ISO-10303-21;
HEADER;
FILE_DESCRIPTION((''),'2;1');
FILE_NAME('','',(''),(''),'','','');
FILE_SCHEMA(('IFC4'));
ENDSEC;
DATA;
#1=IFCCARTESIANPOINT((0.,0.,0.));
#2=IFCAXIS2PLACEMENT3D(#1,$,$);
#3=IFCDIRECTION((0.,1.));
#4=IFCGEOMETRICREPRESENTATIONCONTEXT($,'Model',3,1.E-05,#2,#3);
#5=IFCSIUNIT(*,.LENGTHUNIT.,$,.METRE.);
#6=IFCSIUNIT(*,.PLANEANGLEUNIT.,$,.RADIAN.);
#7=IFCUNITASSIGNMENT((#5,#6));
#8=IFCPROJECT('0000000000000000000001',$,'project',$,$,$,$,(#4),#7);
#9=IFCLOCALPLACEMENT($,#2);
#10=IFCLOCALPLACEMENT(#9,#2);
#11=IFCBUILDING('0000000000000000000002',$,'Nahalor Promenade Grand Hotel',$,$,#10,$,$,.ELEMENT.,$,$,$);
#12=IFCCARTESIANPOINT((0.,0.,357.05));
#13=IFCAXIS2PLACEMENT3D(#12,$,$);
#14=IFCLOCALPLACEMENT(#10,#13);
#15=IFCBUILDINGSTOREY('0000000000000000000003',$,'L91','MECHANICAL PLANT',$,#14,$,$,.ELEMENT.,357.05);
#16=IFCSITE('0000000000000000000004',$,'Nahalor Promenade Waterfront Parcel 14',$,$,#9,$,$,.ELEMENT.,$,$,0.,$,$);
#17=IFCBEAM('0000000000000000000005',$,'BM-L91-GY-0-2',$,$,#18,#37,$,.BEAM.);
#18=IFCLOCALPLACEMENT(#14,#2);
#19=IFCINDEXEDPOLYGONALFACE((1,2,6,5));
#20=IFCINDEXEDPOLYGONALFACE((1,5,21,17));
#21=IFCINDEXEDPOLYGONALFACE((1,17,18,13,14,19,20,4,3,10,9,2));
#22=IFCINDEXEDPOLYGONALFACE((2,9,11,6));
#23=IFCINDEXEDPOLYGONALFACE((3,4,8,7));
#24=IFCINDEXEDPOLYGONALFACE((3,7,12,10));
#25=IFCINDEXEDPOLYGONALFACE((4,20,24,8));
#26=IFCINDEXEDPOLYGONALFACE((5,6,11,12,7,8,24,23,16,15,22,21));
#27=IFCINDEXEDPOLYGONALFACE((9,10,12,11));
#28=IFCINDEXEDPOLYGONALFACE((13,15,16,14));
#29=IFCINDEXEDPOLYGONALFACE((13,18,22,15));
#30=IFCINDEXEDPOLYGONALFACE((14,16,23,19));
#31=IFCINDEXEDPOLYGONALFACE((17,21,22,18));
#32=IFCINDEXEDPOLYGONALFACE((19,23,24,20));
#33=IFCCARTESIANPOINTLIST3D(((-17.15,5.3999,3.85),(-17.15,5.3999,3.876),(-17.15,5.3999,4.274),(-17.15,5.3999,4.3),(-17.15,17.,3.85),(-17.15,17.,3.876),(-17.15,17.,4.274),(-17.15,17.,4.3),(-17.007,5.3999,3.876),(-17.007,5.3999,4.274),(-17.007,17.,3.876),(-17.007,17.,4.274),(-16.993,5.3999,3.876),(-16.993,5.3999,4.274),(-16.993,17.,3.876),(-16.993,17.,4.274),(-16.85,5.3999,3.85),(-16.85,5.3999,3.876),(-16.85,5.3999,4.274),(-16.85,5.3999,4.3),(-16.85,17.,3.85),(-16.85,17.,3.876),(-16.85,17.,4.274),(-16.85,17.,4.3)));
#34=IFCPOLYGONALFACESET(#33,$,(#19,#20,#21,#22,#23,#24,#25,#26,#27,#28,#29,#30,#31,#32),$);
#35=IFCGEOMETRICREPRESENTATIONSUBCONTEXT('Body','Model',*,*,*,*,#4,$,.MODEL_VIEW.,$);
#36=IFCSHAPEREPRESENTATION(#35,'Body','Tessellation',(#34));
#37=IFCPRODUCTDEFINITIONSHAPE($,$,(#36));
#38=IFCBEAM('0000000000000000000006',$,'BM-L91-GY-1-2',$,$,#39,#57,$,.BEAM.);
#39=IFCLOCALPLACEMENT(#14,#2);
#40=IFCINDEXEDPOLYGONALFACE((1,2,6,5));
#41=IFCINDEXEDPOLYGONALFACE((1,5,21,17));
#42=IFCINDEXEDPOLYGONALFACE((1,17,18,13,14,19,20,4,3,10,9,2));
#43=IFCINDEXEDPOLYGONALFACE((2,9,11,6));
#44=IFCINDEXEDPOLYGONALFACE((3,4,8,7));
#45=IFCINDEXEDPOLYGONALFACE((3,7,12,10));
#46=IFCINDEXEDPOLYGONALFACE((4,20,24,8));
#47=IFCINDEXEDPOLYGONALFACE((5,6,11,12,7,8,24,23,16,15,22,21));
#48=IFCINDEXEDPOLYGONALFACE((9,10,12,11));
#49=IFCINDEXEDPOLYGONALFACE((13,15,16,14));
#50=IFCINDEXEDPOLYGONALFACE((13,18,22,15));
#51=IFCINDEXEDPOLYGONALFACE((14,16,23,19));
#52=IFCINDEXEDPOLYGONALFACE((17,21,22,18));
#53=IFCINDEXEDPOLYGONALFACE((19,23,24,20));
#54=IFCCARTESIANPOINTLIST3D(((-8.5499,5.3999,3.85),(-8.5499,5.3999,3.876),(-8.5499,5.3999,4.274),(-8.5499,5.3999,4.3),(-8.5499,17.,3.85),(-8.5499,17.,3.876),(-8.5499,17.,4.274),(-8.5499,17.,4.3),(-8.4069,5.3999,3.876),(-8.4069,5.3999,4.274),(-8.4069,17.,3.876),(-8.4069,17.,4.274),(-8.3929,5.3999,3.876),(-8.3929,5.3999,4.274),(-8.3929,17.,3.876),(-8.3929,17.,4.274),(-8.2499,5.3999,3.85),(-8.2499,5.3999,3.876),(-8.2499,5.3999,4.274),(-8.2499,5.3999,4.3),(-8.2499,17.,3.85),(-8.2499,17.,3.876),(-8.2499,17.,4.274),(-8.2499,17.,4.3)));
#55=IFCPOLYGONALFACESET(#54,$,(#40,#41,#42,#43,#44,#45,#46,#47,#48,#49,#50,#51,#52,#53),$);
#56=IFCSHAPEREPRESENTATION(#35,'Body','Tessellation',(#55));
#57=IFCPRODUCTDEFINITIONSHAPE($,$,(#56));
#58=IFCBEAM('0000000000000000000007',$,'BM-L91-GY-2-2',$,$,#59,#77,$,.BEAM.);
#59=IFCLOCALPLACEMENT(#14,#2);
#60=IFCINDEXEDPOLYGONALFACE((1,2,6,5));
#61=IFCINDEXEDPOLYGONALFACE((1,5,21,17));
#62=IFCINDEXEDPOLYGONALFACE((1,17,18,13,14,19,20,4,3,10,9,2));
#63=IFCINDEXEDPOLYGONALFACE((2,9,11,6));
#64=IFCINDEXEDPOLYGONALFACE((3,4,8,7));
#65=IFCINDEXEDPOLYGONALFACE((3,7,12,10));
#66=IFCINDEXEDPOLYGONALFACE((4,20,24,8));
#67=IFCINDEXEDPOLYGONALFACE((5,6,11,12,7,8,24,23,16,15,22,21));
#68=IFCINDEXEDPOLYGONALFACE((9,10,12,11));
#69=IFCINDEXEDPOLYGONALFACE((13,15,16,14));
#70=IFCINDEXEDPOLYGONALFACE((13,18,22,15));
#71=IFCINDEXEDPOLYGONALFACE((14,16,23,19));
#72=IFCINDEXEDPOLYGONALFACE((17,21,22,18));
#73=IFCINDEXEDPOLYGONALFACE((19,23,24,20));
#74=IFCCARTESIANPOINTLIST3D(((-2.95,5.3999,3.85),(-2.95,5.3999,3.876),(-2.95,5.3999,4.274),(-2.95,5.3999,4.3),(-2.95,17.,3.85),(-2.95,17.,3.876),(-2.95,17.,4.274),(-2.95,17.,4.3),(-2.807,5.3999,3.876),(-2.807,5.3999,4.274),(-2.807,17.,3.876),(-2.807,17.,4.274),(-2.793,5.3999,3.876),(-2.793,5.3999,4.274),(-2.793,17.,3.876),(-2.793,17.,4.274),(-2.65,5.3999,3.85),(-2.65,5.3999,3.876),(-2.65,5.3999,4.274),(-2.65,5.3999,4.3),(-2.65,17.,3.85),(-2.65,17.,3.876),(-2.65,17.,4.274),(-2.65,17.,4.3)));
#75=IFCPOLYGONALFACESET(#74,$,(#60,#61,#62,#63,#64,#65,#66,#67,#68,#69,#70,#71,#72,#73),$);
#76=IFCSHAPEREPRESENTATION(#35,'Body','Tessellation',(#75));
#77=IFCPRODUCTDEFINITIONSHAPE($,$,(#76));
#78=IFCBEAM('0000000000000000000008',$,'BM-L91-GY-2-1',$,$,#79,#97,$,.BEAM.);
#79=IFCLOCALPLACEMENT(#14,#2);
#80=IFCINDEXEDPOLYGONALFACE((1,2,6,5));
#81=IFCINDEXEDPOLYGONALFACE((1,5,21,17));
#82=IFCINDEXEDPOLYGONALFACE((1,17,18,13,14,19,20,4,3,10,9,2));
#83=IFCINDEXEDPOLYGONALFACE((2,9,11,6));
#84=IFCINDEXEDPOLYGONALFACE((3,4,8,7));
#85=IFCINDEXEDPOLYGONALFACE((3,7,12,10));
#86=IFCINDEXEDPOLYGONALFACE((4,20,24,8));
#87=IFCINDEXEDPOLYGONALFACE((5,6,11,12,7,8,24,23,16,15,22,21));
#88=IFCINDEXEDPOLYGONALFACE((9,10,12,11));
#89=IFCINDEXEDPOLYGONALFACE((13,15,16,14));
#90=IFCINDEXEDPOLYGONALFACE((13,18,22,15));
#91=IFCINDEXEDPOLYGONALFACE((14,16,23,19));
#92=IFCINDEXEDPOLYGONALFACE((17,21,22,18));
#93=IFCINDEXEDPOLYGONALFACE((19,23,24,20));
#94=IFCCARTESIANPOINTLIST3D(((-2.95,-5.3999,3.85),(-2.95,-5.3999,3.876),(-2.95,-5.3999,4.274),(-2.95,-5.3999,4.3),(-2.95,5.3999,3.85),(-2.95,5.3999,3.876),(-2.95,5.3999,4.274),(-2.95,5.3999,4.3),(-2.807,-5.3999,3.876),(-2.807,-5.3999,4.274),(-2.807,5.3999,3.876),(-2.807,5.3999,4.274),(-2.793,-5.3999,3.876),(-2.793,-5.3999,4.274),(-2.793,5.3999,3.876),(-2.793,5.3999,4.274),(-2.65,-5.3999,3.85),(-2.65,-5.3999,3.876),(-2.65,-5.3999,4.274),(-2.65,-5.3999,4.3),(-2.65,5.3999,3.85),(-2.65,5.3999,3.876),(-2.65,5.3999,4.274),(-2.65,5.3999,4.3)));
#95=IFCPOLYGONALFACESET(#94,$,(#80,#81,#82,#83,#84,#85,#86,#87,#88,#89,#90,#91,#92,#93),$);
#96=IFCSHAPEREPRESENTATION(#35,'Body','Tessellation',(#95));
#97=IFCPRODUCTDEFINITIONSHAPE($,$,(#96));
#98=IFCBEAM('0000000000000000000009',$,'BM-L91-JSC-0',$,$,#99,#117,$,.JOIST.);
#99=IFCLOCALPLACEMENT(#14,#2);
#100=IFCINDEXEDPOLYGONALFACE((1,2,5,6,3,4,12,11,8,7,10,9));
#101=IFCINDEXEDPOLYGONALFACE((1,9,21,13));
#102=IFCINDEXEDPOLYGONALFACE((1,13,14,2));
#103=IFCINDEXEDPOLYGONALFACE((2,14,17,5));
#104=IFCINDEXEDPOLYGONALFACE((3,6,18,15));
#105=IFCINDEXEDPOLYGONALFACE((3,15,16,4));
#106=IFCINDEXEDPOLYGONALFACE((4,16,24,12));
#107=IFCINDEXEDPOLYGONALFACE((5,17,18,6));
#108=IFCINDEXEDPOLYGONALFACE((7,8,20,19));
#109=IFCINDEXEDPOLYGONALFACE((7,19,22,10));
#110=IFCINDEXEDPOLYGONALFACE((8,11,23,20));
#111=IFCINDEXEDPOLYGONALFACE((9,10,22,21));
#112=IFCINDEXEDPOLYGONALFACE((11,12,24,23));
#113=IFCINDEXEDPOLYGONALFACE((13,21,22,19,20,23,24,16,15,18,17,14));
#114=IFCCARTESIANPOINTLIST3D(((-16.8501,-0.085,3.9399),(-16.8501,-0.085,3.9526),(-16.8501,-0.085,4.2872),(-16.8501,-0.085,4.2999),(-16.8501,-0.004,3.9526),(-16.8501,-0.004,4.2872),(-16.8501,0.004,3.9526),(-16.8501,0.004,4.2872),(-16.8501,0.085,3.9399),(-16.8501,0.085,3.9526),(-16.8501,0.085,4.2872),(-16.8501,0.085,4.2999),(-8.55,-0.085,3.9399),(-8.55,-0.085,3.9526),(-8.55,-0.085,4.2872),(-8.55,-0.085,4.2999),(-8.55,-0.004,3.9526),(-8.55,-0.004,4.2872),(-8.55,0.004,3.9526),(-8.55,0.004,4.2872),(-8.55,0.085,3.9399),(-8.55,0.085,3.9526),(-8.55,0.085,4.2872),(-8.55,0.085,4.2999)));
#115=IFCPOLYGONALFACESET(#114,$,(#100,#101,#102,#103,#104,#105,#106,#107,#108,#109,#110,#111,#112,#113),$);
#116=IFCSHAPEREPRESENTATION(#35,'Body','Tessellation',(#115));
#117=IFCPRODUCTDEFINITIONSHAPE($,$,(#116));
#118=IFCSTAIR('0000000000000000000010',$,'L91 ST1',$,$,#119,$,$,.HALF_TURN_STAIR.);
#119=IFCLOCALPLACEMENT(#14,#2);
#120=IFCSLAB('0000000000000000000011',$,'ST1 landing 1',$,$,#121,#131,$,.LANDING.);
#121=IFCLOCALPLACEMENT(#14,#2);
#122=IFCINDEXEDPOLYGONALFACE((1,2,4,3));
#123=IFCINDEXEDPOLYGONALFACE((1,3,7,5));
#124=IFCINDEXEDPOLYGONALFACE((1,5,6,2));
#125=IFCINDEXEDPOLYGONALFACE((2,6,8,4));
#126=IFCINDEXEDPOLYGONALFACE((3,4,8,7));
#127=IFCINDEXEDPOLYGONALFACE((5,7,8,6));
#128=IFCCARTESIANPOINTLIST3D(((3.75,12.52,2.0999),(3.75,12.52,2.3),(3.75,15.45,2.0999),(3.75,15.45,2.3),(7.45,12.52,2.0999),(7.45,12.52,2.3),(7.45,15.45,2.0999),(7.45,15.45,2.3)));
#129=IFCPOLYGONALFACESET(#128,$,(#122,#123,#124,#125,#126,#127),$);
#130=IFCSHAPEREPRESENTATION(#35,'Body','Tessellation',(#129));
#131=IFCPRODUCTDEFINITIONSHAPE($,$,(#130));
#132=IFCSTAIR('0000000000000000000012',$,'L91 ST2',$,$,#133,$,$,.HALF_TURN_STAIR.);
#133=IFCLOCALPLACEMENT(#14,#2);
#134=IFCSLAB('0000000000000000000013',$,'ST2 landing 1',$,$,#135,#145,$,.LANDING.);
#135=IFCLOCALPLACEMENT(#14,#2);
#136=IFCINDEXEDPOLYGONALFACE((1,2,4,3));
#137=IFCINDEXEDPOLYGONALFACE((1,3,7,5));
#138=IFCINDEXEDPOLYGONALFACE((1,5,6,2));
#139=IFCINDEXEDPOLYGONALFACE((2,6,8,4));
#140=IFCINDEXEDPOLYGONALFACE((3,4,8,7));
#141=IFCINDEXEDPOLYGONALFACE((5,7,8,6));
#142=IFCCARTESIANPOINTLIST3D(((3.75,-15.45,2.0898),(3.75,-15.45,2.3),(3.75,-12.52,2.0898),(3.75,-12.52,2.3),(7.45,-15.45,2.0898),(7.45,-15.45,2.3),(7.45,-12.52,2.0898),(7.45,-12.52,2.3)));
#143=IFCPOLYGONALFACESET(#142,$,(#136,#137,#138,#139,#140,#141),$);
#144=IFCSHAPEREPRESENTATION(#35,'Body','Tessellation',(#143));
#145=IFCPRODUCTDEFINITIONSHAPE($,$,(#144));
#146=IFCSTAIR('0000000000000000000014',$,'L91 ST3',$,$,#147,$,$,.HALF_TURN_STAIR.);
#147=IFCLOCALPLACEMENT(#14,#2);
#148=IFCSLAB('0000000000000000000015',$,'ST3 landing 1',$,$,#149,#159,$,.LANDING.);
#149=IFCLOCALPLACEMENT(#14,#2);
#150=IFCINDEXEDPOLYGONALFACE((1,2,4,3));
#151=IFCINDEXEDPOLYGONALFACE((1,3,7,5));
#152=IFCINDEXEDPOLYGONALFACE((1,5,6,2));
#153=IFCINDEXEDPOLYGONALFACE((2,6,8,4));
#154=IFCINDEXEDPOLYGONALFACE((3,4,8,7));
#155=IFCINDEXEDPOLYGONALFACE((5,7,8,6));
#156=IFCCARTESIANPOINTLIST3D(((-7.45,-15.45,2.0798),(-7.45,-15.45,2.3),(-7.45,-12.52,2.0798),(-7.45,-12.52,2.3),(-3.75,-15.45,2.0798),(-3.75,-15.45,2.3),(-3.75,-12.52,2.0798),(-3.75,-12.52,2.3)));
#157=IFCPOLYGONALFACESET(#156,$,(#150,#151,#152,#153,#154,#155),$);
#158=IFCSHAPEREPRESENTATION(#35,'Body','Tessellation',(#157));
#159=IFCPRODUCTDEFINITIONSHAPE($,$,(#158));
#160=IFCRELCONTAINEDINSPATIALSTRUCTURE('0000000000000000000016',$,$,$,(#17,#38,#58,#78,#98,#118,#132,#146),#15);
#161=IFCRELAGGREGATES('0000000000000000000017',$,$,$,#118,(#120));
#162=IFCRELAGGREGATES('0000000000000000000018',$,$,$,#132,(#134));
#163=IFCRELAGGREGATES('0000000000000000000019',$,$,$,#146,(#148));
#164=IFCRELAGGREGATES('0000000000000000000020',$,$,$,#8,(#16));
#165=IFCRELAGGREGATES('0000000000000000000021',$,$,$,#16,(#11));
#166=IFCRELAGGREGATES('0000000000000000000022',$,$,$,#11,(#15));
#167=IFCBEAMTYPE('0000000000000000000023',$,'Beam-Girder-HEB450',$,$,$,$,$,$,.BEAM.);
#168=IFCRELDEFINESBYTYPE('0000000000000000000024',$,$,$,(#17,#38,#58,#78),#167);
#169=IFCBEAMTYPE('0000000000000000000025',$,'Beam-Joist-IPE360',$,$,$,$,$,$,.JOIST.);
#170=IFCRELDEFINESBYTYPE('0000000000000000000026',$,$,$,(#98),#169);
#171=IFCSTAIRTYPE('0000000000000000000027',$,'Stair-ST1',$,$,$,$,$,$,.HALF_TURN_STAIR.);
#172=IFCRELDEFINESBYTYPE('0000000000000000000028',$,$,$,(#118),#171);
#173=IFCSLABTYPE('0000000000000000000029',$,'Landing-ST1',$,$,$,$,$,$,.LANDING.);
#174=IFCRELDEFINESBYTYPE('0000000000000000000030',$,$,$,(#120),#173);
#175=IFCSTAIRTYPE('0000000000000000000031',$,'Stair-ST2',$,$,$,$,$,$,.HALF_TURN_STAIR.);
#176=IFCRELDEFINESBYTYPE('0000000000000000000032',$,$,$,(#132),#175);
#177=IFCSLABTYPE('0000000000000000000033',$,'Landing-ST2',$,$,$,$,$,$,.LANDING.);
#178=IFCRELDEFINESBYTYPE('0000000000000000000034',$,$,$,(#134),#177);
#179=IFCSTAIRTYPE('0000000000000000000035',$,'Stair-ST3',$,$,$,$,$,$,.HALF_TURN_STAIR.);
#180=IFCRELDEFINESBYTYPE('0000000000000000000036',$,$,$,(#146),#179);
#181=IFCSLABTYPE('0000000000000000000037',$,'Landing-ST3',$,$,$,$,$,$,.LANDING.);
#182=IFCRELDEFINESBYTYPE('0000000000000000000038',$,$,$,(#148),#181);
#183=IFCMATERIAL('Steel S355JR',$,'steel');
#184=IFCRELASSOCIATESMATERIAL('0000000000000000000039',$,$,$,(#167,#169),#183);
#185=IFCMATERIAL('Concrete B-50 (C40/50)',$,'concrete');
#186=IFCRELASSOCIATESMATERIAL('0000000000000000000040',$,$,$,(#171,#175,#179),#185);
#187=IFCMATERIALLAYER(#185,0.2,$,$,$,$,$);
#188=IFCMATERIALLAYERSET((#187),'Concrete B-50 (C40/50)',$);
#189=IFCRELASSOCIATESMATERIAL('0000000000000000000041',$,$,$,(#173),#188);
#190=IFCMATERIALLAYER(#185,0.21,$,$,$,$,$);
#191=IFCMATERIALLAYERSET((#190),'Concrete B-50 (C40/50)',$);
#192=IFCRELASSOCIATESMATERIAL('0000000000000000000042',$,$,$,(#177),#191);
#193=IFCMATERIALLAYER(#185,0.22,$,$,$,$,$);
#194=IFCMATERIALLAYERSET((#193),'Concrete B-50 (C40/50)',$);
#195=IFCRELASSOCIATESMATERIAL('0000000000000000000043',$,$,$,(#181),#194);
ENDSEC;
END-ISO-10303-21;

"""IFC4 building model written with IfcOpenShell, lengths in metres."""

from ifc_helpers import new_model, si_unit, direction, frame, origin, origin_2d, place, context, subcontext, project, spatial, polyline, i_section, outline, extrude, source, transform, mapped, material, layer, layer_set, material_profile, profile_set, type_object, element, aggregate, save


model = new_model("IFC4")

# Units and contexts
model_context = context("Model", 3, precision=1e-05, world=origin(), true_north=direction((0.0, 1.0)))
body_context = subcontext(model_context, "Body", "Model", "MODEL_VIEW")
ifc_project = project(units=[si_unit("LENGTHUNIT", "METRE"), si_unit("PLANEANGLEUNIT", "RADIAN")], contexts=[model_context])

# Site, building, storey
site_placement = place(None, origin())
site = spatial("IfcSite", under=ifc_project, at=site_placement, Name="Nahalor Promenade Waterfront Parcel 14", CompositionType="ELEMENT", RefElevation=0.0)
building_placement = place(site_placement, origin())
building = spatial("IfcBuilding", under=site, at=building_placement, Name="Nahalor Promenade Grand Hotel", CompositionType="ELEMENT")
storey_placement = place(building_placement, frame((0.0, 0.0, 357.05)))
storey = spatial("IfcBuildingStorey", under=building, at=storey_placement, Name="L91", Description="MECHANICAL PLANT", CompositionType="ELEMENT", Elevation=357.05)

# Shared definitions
ifc_material_1 = material(Name="Concrete B-50 (C40/50)", Category="concrete")

# Beams
ifc_material_2 = material(Name="Steel S355JR", Category="steel")
ifc_material_profile_1 = material_profile(ifc_material_2, i_section(OverallWidth=0.3, OverallDepth=0.45, WebThickness=0.014, FlangeThickness=0.026, at=origin_2d()), Name="HEB 450")
ifc_profile_set_1 = profile_set([ifc_material_profile_1], Name="Steel S355JR")
beam_type_1 = type_object("IfcBeamType", Name="Beam-Girder-HEB450", PredefinedType="BEAM", material=ifc_profile_set_1)
shared_shape_1 = source(origin(), body_context, "Body", "SweptSolid", [
    extrude(i_section(OverallWidth=0.3, OverallDepth=0.45, WebThickness=0.014, FlangeThickness=0.026, at=origin_2d()), origin(), (0.0, 0.0, 1.0), 11.6001),
])
for number, where, z_axis, x_axis, name in (
    (1, (-17.0, 5.3999, 4.075), (0.0, 1.0, 0.0), (-1.0, 0.0, 0.0), "BM-L91-GY-0-2"),
    (2, (-8.3999, 5.3999, 4.075), (0.0, 1.0, 0.0), (-1.0, 0.0, 0.0), "BM-L91-GY-1-2"),
    (3, (-2.8, 5.3999, 4.075), (0.0, 1.0, 0.0), (-1.0, 0.0, 0.0), "BM-L91-GY-2-2"),
):
    element("IfcBeam", number, at=place(storey_placement, frame(where, z_axis=z_axis, x_axis=x_axis)), inside=storey, type_object=beam_type_1, Name=name, PredefinedType="BEAM", context=body_context, shape_type="MappedRepresentation", body=[
        mapped(shared_shape_1, transform((0.0, 0.0, 0.0), scale=1.0)),
    ])
shared_shape_2 = source(origin(), body_context, "Body", "SweptSolid", [
    extrude(i_section(OverallWidth=0.3, OverallDepth=0.45, WebThickness=0.014, FlangeThickness=0.026, at=origin_2d()), origin(), (0.0, 0.0, 1.0), 10.7998),
])
beam_1_placement = place(storey_placement, frame((-2.8, -5.3999, 4.075), z_axis=(0.0, 1.0, 0.0), x_axis=(-1.0, 0.0, 0.0)))
element("IfcBeam", 4, at=beam_1_placement, inside=storey, type_object=beam_type_1, Name="BM-L91-GY-2-1", PredefinedType="BEAM", context=body_context, shape_type="MappedRepresentation", body=[
    mapped(shared_shape_2, transform((0.0, 0.0, 0.0), scale=1.0)),
])
ifc_material_profile_2 = material_profile(ifc_material_2, i_section(OverallWidth=0.17, OverallDepth=0.36, WebThickness=0.008, FlangeThickness=0.0127, at=origin_2d()), Name="IPE 360")
ifc_profile_set_2 = profile_set([ifc_material_profile_2], Name="Steel S355JR")
beam_type_2 = type_object("IfcBeamType", Name="Beam-Joist-IPE360", PredefinedType="JOIST", material=ifc_profile_set_2)
shared_shape_3 = source(origin(), body_context, "Body", "SweptSolid", [
    extrude(i_section(OverallWidth=0.17, OverallDepth=0.36, WebThickness=0.008, FlangeThickness=0.0127, at=origin_2d()), origin(), (0.0, 0.0, 1.0), 8.3),
])
beam_2_placement = place(storey_placement, frame((-16.8501, 0.0, 4.1199), z_axis=(1.0, 0.0, 0.0), x_axis=(0.0, 1.0, 0.0)))
element("IfcBeam", 5, at=beam_2_placement, inside=storey, type_object=beam_type_2, Name="BM-L91-JSC-0", PredefinedType="JOIST", context=body_context, shape_type="MappedRepresentation", body=[
    mapped(shared_shape_3, transform((0.0, 0.0, 0.0), scale=1.0)),
])

# Stairs, slabs
stair_type_1 = type_object("IfcStairType", Name="Stair-ST1", PredefinedType="HALF_TURN_STAIR", material=ifc_material_1)
stair_1_placement = place(storey_placement, origin())
stair_1 = element("IfcStair", 6, at=stair_1_placement, inside=storey, type_object=stair_type_1, Name="L91 ST1", PredefinedType="HALF_TURN_STAIR")
ifc_layer_1 = layer(ifc_material_1, 0.2)
ifc_layer_set_1 = layer_set([ifc_layer_1], Name="Concrete B-50 (C40/50)")
slab_type_1 = type_object("IfcSlabType", Name="Landing-ST1", PredefinedType="LANDING", material=ifc_layer_set_1)
slab_1_placement = place(storey_placement, frame((0.0, 0.0, 2.0999)))
slab_1 = element("IfcSlab", 7, at=slab_1_placement, type_object=slab_type_1, Name="ST1 landing 1", PredefinedType="LANDING", context=body_context, shape_type="SweptSolid", body=[
    extrude(outline(polyline([(7.45, 12.52), (7.45, 15.45), (3.75, 15.45), (3.75, 12.52), (7.45, 12.52)])), origin(), (0.0, 0.0, 1.0), 0.2002),
])
aggregate(stair_1, [slab_1])
stair_type_2 = type_object("IfcStairType", Name="Stair-ST2", PredefinedType="HALF_TURN_STAIR", material=ifc_material_1)
stair_2_placement = place(storey_placement, origin())
stair_2 = element("IfcStair", 8, at=stair_2_placement, inside=storey, type_object=stair_type_2, Name="L91 ST2", PredefinedType="HALF_TURN_STAIR")
ifc_layer_2 = layer(ifc_material_1, 0.21)
ifc_layer_set_2 = layer_set([ifc_layer_2], Name="Concrete B-50 (C40/50)")
slab_type_2 = type_object("IfcSlabType", Name="Landing-ST2", PredefinedType="LANDING", material=ifc_layer_set_2)
slab_2_placement = place(storey_placement, frame((0.0, 0.0, 2.0898)))
slab_2 = element("IfcSlab", 9, at=slab_2_placement, type_object=slab_type_2, Name="ST2 landing 1", PredefinedType="LANDING", context=body_context, shape_type="SweptSolid", body=[
    extrude(outline(polyline([(3.75, -12.52), (3.75, -15.45), (7.45, -15.45), (7.45, -12.52), (3.75, -12.52)])), origin(), (0.0, 0.0, 1.0), 0.2102),
])
aggregate(stair_2, [slab_2])
stair_type_3 = type_object("IfcStairType", Name="Stair-ST3", PredefinedType="HALF_TURN_STAIR", material=ifc_material_1)
stair_3_placement = place(storey_placement, origin())
stair_3 = element("IfcStair", 10, at=stair_3_placement, inside=storey, type_object=stair_type_3, Name="L91 ST3", PredefinedType="HALF_TURN_STAIR")
ifc_layer_3 = layer(ifc_material_1, 0.22)
ifc_layer_set_3 = layer_set([ifc_layer_3], Name="Concrete B-50 (C40/50)")
slab_type_3 = type_object("IfcSlabType", Name="Landing-ST3", PredefinedType="LANDING", material=ifc_layer_set_3)
slab_3_placement = place(storey_placement, frame((0.0, 0.0, 2.0798)))
slab_3 = element("IfcSlab", 11, at=slab_3_placement, type_object=slab_type_3, Name="ST3 landing 1", PredefinedType="LANDING", context=body_context, shape_type="SweptSolid", body=[
    extrude(outline(polyline([(-7.45, -12.52), (-7.45, -15.45), (-3.75, -15.45), (-3.75, -12.52), (-7.45, -12.52)])), origin(), (0.0, 0.0, 1.0), 0.2202),
])
aggregate(stair_3, [slab_3])

save(model, "model.ifc")
